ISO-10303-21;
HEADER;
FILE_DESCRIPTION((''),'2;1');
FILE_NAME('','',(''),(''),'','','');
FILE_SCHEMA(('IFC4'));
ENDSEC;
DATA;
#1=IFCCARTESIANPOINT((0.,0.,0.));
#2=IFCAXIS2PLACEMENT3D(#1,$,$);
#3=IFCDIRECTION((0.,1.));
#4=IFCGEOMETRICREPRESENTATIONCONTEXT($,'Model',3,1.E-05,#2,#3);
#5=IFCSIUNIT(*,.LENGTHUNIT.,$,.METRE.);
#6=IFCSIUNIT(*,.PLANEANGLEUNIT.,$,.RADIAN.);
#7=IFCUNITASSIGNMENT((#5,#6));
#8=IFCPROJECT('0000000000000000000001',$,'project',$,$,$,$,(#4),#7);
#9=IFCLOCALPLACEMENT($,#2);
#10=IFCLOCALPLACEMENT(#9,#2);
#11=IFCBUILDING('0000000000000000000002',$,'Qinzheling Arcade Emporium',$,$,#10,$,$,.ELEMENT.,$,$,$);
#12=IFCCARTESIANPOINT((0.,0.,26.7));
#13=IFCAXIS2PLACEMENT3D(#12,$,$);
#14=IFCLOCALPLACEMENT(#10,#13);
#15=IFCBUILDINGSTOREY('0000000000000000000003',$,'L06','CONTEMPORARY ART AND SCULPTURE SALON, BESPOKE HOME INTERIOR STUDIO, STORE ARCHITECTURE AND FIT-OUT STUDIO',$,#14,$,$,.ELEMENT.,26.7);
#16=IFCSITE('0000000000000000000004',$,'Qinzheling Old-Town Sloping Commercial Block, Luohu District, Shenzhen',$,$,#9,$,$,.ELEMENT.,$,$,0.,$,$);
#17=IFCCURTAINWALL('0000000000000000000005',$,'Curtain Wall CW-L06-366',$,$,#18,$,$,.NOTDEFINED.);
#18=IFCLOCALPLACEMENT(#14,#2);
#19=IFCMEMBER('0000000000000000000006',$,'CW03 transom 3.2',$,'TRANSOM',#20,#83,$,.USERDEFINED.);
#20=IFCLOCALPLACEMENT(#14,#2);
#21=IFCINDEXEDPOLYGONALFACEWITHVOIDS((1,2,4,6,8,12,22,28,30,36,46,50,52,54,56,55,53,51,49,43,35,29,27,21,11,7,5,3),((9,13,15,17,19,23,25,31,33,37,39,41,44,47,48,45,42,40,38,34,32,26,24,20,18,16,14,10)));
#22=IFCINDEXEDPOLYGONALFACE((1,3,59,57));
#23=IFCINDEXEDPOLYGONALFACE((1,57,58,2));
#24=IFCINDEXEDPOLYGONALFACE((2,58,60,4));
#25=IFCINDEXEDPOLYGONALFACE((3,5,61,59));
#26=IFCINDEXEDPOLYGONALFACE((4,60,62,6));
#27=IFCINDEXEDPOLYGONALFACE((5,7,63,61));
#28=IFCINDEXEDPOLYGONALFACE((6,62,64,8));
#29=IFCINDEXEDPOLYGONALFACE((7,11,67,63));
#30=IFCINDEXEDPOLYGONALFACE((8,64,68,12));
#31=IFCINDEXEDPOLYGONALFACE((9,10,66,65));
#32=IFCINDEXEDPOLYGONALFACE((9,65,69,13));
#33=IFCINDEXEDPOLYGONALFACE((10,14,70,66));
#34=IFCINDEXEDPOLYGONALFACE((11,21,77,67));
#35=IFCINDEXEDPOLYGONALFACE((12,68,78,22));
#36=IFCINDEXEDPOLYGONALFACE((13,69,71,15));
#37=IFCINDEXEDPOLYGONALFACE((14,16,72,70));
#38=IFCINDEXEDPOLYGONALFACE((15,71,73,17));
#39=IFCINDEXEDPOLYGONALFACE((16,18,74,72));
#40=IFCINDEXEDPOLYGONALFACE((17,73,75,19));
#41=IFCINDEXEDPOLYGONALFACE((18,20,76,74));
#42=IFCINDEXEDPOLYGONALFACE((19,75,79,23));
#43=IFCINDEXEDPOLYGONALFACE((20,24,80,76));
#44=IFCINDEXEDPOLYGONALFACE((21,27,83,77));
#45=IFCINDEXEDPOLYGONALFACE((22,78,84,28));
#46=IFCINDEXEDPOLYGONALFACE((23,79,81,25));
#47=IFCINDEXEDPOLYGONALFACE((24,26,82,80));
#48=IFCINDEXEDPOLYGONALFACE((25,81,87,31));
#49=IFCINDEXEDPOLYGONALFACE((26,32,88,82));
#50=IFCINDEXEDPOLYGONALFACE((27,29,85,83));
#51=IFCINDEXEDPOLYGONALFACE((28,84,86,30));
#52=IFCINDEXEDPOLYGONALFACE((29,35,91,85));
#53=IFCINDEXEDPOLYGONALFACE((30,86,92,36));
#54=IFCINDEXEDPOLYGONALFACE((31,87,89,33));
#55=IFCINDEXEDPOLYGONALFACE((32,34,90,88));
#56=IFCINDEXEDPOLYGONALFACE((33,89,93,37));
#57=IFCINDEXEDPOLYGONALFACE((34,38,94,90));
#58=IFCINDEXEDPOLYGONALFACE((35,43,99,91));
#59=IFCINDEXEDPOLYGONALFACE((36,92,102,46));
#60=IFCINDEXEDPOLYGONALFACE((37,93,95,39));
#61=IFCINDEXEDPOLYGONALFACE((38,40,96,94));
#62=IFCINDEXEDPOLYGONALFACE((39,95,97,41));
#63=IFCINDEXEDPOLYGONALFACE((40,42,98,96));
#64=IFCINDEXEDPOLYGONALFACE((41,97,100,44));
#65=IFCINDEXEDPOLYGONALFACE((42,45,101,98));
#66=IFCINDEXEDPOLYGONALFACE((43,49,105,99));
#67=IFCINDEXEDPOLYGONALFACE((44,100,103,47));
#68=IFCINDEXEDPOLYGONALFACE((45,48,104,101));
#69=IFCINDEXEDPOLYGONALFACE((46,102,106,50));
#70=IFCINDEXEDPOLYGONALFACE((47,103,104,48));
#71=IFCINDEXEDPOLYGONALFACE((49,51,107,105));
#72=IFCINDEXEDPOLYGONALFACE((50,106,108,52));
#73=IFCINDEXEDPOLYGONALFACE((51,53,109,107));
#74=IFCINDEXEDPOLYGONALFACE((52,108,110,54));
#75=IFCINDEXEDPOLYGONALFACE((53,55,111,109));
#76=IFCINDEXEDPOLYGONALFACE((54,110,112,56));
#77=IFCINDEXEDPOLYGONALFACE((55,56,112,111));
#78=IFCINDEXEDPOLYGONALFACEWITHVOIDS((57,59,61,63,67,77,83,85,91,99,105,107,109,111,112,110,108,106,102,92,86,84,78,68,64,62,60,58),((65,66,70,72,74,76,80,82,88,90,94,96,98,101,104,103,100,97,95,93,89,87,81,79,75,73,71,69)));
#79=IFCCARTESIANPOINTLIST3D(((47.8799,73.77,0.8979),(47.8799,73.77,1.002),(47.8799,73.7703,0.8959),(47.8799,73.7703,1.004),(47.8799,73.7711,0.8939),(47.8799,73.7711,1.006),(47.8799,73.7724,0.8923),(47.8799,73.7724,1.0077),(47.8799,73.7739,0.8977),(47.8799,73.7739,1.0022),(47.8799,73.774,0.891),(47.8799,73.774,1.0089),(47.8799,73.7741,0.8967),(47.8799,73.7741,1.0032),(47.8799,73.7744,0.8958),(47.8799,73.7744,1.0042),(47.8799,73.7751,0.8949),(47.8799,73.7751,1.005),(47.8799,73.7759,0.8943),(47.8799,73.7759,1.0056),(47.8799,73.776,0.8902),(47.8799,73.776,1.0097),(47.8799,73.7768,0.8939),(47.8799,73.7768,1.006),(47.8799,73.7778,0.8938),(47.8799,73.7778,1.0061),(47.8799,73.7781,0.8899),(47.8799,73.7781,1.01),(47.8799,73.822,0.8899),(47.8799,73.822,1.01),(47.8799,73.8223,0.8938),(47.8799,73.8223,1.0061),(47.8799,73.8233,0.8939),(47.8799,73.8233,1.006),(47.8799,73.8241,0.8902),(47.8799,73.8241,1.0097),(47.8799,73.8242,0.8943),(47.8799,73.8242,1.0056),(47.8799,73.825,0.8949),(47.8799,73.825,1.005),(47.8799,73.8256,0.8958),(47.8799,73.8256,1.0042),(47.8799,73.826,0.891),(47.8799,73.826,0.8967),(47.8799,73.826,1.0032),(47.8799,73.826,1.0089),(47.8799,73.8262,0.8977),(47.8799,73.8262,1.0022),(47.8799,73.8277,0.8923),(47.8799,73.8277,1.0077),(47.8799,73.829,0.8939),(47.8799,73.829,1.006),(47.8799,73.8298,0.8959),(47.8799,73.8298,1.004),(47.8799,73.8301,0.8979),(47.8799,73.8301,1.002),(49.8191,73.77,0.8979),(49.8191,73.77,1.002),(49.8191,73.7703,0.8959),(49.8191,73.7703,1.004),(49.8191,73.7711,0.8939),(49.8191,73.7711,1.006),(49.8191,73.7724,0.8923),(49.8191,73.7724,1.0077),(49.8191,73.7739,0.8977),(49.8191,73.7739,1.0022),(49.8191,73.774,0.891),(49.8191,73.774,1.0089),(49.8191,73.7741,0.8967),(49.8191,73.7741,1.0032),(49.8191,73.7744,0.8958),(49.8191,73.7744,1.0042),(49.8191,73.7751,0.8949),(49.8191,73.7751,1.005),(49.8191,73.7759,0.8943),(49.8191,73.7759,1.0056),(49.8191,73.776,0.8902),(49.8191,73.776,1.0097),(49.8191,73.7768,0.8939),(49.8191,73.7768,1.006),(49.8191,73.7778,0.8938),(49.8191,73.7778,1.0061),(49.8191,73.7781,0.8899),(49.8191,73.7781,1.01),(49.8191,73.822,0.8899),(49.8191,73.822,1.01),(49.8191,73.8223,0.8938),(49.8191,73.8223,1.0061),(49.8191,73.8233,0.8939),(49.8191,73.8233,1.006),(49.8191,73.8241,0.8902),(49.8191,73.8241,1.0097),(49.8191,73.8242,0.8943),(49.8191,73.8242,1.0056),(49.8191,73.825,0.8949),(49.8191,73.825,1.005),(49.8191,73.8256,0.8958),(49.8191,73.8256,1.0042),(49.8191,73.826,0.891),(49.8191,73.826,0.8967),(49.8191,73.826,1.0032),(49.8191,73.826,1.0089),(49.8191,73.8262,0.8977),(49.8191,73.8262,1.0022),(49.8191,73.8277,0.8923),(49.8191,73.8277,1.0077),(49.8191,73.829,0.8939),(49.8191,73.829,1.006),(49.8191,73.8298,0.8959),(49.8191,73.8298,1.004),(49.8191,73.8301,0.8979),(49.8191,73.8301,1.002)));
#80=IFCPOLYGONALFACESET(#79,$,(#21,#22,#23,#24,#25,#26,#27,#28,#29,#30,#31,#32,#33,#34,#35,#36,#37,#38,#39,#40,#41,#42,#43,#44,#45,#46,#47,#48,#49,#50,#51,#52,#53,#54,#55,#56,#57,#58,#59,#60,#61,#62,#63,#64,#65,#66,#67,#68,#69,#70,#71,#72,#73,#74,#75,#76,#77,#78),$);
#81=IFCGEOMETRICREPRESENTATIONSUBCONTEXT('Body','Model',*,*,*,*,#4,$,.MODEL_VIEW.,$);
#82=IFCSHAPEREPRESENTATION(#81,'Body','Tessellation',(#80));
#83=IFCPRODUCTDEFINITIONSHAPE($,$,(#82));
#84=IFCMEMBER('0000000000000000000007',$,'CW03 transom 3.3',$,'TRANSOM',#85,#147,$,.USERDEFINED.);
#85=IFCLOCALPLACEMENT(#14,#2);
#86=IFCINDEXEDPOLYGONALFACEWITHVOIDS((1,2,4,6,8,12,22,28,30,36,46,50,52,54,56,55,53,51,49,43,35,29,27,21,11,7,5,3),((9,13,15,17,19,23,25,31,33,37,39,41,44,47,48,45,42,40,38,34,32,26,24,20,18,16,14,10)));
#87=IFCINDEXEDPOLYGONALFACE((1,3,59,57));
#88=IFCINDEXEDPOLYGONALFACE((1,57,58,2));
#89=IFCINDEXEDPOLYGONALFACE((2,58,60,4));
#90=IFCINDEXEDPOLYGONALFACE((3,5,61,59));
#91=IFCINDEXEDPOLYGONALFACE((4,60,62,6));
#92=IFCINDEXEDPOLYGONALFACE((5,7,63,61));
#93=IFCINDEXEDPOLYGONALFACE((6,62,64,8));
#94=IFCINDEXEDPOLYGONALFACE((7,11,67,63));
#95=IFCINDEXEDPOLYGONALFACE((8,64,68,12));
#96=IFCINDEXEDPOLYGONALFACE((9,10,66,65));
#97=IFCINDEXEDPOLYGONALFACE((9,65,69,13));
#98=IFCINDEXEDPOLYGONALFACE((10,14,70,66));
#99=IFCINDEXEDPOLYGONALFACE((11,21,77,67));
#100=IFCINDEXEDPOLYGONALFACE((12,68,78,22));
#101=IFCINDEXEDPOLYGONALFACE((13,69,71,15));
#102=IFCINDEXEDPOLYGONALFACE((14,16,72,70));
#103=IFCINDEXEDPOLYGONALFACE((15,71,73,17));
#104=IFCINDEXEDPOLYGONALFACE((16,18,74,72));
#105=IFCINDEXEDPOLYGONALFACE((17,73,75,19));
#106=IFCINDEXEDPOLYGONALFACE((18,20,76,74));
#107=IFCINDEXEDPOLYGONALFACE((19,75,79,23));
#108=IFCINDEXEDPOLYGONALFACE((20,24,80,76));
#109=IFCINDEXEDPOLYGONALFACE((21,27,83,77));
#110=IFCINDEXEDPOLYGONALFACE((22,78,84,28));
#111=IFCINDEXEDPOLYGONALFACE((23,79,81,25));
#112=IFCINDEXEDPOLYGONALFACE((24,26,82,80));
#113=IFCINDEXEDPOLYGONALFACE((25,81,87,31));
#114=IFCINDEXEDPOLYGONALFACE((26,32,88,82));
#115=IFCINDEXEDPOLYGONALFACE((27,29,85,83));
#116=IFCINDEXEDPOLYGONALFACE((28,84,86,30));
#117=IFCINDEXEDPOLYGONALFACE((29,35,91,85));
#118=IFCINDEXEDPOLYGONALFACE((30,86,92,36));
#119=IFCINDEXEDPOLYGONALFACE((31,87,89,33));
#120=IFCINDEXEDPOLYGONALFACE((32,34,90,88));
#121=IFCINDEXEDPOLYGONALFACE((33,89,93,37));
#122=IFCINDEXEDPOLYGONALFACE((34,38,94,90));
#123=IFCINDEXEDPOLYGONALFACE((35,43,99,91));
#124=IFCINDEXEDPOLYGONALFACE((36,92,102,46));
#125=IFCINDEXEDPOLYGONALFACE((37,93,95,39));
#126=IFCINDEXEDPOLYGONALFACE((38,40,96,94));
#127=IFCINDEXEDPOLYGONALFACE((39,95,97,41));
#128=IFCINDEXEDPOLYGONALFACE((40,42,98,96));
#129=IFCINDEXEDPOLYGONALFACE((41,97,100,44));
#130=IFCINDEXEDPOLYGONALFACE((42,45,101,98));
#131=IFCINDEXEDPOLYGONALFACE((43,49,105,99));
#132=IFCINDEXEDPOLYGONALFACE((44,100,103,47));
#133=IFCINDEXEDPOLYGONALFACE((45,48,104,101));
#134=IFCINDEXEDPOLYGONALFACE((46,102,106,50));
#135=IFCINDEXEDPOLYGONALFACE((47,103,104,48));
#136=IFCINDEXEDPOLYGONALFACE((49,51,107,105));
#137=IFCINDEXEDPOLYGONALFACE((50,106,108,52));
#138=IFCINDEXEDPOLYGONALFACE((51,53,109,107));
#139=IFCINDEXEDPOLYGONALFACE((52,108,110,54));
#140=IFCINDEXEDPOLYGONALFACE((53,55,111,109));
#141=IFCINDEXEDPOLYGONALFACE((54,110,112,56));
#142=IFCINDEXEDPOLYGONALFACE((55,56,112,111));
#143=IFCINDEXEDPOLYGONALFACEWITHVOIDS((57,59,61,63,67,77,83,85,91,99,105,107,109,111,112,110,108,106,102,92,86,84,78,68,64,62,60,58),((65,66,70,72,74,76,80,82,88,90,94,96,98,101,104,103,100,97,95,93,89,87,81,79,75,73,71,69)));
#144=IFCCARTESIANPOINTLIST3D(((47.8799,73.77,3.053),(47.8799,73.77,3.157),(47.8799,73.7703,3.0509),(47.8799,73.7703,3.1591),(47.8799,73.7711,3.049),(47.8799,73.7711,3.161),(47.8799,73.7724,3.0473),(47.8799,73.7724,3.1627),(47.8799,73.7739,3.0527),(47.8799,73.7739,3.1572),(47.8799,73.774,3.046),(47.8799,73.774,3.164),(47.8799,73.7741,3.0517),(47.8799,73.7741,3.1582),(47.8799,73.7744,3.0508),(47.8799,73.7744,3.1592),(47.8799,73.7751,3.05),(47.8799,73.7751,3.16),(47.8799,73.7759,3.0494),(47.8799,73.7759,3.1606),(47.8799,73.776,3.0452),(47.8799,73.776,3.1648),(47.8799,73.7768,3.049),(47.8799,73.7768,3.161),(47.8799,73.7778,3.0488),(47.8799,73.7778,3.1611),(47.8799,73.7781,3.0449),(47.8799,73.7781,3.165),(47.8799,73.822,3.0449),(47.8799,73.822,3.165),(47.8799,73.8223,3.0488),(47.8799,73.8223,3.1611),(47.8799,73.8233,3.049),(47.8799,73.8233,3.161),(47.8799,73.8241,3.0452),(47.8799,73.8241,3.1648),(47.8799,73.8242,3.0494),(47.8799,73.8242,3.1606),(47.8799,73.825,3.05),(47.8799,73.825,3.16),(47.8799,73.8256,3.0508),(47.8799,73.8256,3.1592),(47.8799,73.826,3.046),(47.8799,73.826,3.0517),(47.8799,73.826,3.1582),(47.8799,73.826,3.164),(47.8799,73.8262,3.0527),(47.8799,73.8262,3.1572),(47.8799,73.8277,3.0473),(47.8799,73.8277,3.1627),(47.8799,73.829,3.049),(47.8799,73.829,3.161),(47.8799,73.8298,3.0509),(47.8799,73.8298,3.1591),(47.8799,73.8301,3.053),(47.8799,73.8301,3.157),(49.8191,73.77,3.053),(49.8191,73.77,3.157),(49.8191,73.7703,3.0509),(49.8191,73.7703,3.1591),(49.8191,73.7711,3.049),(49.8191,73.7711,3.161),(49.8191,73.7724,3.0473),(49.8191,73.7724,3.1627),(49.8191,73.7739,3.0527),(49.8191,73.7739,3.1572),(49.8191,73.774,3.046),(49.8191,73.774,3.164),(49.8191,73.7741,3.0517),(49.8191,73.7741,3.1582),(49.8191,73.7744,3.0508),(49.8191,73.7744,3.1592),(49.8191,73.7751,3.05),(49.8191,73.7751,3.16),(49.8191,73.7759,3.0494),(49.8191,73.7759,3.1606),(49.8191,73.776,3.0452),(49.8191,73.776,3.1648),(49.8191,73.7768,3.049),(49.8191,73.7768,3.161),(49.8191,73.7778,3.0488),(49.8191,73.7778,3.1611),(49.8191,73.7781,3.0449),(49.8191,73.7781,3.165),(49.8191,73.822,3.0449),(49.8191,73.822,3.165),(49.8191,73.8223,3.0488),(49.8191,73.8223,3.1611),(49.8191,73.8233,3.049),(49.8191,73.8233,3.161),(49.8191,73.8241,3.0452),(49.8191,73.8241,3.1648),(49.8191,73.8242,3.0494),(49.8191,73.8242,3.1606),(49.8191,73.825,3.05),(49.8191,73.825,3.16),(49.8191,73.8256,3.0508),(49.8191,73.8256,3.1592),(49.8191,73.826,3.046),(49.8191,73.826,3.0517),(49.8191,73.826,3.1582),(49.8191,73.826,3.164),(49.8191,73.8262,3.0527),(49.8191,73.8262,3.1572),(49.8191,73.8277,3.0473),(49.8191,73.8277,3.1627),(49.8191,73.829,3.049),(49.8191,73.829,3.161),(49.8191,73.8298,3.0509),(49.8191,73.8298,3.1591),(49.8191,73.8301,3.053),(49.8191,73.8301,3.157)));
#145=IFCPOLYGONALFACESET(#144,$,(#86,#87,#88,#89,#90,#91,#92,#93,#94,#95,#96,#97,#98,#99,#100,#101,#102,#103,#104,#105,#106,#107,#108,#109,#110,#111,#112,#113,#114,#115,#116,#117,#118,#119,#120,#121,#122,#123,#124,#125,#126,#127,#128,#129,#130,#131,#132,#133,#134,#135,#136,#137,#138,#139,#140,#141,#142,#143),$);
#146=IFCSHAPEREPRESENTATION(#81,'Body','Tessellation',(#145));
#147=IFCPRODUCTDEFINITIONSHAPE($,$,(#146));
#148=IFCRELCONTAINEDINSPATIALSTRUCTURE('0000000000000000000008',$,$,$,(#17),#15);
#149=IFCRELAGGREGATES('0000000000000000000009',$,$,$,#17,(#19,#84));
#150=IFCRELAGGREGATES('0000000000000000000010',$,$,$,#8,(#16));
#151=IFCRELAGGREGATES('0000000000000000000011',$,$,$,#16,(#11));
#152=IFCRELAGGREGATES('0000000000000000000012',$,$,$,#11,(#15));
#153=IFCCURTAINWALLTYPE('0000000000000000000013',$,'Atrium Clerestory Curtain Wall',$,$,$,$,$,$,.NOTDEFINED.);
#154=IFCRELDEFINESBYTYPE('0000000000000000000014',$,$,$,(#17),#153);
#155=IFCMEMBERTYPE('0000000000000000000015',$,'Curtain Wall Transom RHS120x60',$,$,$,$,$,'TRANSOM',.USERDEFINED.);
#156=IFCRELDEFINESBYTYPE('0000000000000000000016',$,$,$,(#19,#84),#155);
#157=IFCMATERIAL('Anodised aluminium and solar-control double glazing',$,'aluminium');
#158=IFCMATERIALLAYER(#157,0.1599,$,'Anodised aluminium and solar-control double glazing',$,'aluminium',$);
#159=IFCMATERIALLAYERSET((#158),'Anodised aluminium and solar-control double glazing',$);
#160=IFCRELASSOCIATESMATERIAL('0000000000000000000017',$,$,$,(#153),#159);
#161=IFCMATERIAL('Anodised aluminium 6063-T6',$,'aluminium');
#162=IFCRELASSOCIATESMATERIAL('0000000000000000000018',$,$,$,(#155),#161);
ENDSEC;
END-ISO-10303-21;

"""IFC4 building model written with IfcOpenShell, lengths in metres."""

from ifc_helpers import new_model, si_unit, direction, frame, origin, origin_2d, place, context, subcontext, project, spatial, hollow_rectangle, extrude, material, layer, layer_set, material_profile, profile_set, type_object, element, aggregate, save


model = new_model("IFC4")

# Units and contexts
model_context = context("Model", 3, precision=1e-05, world=origin(), true_north=direction((0.0, 1.0)))
body_context = subcontext(model_context, "Body", "Model", "MODEL_VIEW")
ifc_project = project(units=[si_unit("LENGTHUNIT", "METRE"), si_unit("PLANEANGLEUNIT", "RADIAN")], contexts=[model_context])

# Site, building, storey
site_placement = place(None, origin())
site = spatial("IfcSite", under=ifc_project, at=site_placement, Name="Qinzheling Old-Town Sloping Commercial Block, Luohu District, Shenzhen", CompositionType="ELEMENT", RefElevation=0.0)
building_placement = place(site_placement, origin())
building = spatial("IfcBuilding", under=site, at=building_placement, Name="Qinzheling Arcade Emporium", CompositionType="ELEMENT")
storey_placement = place(building_placement, frame((0.0, 0.0, 26.7)))
storey = spatial("IfcBuildingStorey", under=building, at=storey_placement, Name="L06", Description="CONTEMPORARY ART AND SCULPTURE SALON, BESPOKE HOME INTERIOR STUDIO, STORE ARCHITECTURE AND FIT-OUT STUDIO", CompositionType="ELEMENT", Elevation=26.7)

# Curtain wall, members
ifc_material_1 = material(Name="Anodised aluminium and solar-control double glazing", Category="aluminium")
ifc_layer_1 = layer(ifc_material_1, 0.1599, Name="Anodised aluminium and solar-control double glazing", Category="aluminium")
ifc_layer_set_1 = layer_set([ifc_layer_1], Name="Anodised aluminium and solar-control double glazing")
curtain_wall_type = type_object("IfcCurtainWallType", Name="Atrium Clerestory Curtain Wall", PredefinedType="NOTDEFINED", material=ifc_layer_set_1)
curtain_wall_placement = place(storey_placement, origin())
curtain_wall = element("IfcCurtainWall", 1, at=curtain_wall_placement, inside=storey, type_object=curtain_wall_type, Name="Curtain Wall CW-L06-366", PredefinedType="NOTDEFINED")
ifc_material_2 = material(Name="Anodised aluminium 6063-T6", Category="aluminium")
ifc_material_profile_1 = material_profile(ifc_material_2, hollow_rectangle(XDim=0.0601, YDim=0.1201, WallThickness=0.0039, InnerFilletRadius=0.0039, OuterFilletRadius=0.0081, at=origin_2d()), Name="RHS 120x60x4", Category="aluminium")
ifc_profile_set_1 = profile_set([ifc_material_profile_1], Name="Anodised aluminium 6063-T6")
member_type_1 = type_object("IfcMemberType", Name="Curtain Wall Transom RHS120x60", ElementType="TRANSOM", PredefinedType="USERDEFINED", material=ifc_profile_set_1)
member_1_placement = place(storey_placement, frame((47.8799, 73.8, 0.95), z_axis=(1.0, 0.0, 0.0), x_axis=(0.0, 1.0, 0.0)))
member_1 = element("IfcMember", 2, at=member_1_placement, type_object=member_type_1, Name="CW03 transom 3.2", ObjectType="TRANSOM", PredefinedType="USERDEFINED", context=body_context, shape_type="SweptSolid", body=[
    extrude(hollow_rectangle(XDim=0.0601, YDim=0.1201, WallThickness=0.0039, InnerFilletRadius=0.0039, OuterFilletRadius=0.0081, at=origin_2d()), origin(), (0.0, 0.0, 1.0), 1.9392),
])
member_2_placement = place(storey_placement, frame((47.8799, 73.8, 3.105), z_axis=(1.0, 0.0, 0.0), x_axis=(0.0, 1.0, 0.0)))
member_2 = element("IfcMember", 3, at=member_2_placement, type_object=member_type_1, Name="CW03 transom 3.3", ObjectType="TRANSOM", PredefinedType="USERDEFINED", context=body_context, shape_type="SweptSolid", body=[
    extrude(hollow_rectangle(XDim=0.0601, YDim=0.1201, WallThickness=0.0039, InnerFilletRadius=0.0039, OuterFilletRadius=0.0081, at=origin_2d()), origin(), (0.0, 0.0, 1.0), 1.9392),
])

aggregate(curtain_wall, [member_1, member_2])

save(model, "model.ifc")
